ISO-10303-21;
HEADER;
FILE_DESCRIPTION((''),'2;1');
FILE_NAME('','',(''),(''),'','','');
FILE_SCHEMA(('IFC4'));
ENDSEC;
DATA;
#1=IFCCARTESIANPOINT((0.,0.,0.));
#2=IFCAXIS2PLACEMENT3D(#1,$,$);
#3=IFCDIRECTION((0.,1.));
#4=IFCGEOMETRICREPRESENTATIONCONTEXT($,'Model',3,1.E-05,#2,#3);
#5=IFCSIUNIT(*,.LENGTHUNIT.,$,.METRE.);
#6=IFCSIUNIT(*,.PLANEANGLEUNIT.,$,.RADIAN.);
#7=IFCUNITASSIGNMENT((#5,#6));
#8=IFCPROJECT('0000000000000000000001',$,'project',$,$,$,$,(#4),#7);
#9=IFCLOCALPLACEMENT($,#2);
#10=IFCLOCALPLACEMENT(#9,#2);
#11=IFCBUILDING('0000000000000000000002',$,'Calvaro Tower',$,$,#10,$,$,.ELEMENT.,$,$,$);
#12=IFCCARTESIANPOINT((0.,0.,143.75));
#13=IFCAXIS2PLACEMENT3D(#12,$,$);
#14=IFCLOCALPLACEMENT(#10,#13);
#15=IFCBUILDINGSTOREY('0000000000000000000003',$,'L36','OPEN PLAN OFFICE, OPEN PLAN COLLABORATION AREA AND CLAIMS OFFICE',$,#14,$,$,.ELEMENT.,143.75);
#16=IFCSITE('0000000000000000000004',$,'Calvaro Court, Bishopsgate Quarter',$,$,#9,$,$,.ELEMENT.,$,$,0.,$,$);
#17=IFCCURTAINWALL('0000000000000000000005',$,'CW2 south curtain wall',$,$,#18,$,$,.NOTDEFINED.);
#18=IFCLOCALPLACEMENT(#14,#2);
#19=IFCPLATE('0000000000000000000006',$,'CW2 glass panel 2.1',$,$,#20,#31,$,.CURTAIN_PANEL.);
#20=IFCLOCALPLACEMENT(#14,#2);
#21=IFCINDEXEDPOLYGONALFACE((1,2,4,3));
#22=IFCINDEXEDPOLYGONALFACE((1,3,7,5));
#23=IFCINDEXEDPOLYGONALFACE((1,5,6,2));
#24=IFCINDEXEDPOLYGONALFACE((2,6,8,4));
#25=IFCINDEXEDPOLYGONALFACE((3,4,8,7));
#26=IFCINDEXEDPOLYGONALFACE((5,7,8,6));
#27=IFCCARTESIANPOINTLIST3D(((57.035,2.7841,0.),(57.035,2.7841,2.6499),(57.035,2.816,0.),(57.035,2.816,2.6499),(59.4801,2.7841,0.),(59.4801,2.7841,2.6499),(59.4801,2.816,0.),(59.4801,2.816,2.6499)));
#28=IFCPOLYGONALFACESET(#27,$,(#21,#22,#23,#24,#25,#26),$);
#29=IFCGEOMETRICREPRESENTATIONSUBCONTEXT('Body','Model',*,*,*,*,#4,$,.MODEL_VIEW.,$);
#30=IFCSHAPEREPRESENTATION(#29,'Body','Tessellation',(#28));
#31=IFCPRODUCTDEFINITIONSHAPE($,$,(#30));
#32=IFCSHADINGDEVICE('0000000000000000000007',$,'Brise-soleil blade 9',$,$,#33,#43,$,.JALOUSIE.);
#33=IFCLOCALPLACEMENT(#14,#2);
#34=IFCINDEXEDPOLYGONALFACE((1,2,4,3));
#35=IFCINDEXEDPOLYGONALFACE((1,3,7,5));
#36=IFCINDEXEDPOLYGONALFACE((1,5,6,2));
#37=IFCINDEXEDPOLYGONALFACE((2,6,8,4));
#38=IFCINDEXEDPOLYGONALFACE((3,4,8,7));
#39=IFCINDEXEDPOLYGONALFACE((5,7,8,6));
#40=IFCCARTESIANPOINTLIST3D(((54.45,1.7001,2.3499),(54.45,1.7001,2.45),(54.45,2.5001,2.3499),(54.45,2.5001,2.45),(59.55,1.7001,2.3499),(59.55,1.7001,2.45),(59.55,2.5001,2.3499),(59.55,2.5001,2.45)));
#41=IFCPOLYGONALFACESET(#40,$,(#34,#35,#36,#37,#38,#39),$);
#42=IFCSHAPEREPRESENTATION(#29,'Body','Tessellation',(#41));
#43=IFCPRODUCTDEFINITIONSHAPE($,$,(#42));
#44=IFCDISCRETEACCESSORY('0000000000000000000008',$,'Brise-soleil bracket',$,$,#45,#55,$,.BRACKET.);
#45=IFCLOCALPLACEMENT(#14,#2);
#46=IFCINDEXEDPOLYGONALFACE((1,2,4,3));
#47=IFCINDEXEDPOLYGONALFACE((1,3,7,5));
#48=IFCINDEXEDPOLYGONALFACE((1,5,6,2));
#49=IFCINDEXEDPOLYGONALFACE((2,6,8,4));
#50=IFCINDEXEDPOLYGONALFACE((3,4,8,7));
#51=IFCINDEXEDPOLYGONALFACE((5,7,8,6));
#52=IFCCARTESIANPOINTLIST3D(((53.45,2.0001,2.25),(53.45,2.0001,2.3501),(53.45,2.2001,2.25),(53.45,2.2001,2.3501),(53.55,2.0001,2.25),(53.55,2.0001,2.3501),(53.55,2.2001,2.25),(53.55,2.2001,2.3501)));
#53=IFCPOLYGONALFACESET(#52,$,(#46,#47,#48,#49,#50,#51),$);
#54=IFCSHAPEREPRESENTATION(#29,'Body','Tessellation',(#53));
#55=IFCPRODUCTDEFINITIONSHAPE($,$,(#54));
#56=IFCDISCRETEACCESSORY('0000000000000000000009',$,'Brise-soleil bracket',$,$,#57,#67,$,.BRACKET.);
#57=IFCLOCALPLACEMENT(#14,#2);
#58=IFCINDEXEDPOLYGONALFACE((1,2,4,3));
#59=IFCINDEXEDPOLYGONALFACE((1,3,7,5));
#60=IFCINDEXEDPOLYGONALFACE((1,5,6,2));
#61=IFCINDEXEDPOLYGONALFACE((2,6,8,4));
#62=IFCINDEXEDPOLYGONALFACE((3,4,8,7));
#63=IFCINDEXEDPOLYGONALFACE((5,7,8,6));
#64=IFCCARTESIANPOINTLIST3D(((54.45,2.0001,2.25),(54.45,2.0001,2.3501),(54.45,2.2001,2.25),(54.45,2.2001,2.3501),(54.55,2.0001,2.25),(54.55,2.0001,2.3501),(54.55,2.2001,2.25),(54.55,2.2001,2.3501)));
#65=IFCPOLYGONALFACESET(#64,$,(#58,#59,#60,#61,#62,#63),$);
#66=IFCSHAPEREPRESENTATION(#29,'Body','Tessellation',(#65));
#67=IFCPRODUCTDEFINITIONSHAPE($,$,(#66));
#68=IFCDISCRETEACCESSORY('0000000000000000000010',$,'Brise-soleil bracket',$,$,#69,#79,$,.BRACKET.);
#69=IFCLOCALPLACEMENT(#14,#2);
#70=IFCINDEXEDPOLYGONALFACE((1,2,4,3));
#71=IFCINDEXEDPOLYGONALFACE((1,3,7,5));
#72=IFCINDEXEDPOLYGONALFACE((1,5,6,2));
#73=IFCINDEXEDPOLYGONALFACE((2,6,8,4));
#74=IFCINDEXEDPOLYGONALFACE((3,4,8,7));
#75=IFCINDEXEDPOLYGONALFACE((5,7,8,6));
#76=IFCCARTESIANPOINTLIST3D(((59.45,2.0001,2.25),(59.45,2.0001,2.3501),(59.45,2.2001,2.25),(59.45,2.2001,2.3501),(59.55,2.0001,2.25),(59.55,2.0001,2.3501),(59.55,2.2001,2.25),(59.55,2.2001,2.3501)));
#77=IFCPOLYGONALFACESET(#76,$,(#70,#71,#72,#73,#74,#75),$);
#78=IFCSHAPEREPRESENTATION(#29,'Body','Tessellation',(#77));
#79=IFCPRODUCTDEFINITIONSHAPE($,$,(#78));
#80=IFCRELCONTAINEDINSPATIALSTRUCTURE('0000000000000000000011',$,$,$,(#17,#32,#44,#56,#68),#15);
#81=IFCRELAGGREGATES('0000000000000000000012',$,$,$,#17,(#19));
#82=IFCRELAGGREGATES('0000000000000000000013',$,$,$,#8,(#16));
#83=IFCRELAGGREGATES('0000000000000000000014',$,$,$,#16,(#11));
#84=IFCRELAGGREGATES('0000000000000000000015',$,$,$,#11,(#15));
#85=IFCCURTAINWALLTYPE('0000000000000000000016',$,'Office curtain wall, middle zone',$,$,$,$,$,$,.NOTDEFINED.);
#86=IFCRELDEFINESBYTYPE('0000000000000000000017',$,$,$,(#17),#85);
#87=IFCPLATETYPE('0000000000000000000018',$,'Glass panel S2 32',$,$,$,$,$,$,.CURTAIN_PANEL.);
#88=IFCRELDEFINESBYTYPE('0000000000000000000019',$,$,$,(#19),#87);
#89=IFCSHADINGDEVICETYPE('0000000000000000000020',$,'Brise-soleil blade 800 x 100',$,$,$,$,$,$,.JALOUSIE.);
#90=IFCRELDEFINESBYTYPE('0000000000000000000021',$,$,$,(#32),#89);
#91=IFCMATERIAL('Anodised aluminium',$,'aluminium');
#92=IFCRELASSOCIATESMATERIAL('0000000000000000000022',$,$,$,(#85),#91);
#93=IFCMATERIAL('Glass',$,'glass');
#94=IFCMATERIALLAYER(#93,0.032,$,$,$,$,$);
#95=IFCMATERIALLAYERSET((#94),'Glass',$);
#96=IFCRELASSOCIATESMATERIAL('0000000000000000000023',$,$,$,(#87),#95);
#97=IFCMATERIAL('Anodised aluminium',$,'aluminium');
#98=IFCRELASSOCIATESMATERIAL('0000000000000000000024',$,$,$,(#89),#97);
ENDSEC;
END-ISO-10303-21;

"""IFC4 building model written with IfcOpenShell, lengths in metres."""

from ifc_helpers import new_model, si_unit, direction, frame, origin, origin_2d, place, context, subcontext, project, spatial, rectangle, extrude, material, layer, layer_set, material_profile, profile_set, type_object, element, aggregate, save


model = new_model("IFC4")

# Units and contexts
model_context = context("Model", 3, precision=1e-05, world=origin(), true_north=direction((0.0, 1.0)))
body_context = subcontext(model_context, "Body", "Model", "MODEL_VIEW")
ifc_project = project(units=[si_unit("LENGTHUNIT", "METRE"), si_unit("PLANEANGLEUNIT", "RADIAN")], contexts=[model_context])

# Site, building, storey
site_placement = place(None, origin())
site = spatial("IfcSite", under=ifc_project, at=site_placement, Name="Calvaro Court, Bishopsgate Quarter", CompositionType="ELEMENT", RefElevation=0.0)
building_placement = place(site_placement, origin())
building = spatial("IfcBuilding", under=site, at=building_placement, Name="Calvaro Tower", CompositionType="ELEMENT")
storey_placement = place(building_placement, frame((0.0, 0.0, 143.75)))
storey = spatial("IfcBuildingStorey", under=building, at=storey_placement, Name="L36", Description="OPEN PLAN OFFICE, OPEN PLAN COLLABORATION AREA AND CLAIMS OFFICE", CompositionType="ELEMENT", Elevation=143.75)

# Curtain wall
ifc_material_1 = material(Name="Anodised aluminium", Category="aluminium")
curtain_wall_type = type_object("IfcCurtainWallType", Name="Office curtain wall, middle zone", PredefinedType="NOTDEFINED", material=ifc_material_1)
curtain_wall_1_placement = place(storey_placement, origin())
curtain_wall_1 = element("IfcCurtainWall", 1, at=curtain_wall_1_placement, inside=storey, type_object=curtain_wall_type, Name="CW2 south curtain wall", PredefinedType="NOTDEFINED")

# Plate
ifc_material_2 = material(Name="Glass", Category="glass")
ifc_layer = layer(ifc_material_2, 0.032)
ifc_layer_set = layer_set([ifc_layer], Name="Glass")
plate_type = type_object("IfcPlateType", Name="Glass panel S2 32", PredefinedType="CURTAIN_PANEL", material=ifc_layer_set)
plate_1_placement = place(storey_placement, frame((58.2576, 2.8, 0.0), z_axis=(0.0, 0.0, 1.0), x_axis=(1.0, 0.0, 0.0)))
plate_1 = element("IfcPlate", 2, at=plate_1_placement, type_object=plate_type, Name="CW2 glass panel 2.1", PredefinedType="CURTAIN_PANEL", context=body_context, shape_type="SweptSolid", body=[
    extrude(rectangle(XDim=2.4451, YDim=0.032, at=origin_2d()), origin(), (0.0, 0.0, 1.0), 2.6499),
])
aggregate(curtain_wall_1, [plate_1])

# Shading device
ifc_material_3 = material(Name="Anodised aluminium", Category="aluminium")
ifc_material_profile_1 = material_profile(ifc_material_3, rectangle(XDim=0.8, YDim=0.1001, at=origin_2d()), Name="Brise-soleil blade 800 x 100")
ifc_profile_set_1 = profile_set([ifc_material_profile_1], Name="Anodised aluminium")
shading_device_type = type_object("IfcShadingDeviceType", Name="Brise-soleil blade 800 x 100", PredefinedType="JALOUSIE", material=ifc_profile_set_1)
shading_device_placement = place(storey_placement, frame((54.45, 2.1001, 2.3999), z_axis=(1.0, 0.0, 0.0), x_axis=(0.0, 1.0, 0.0)))
element("IfcShadingDevice", 3, at=shading_device_placement, inside=storey, type_object=shading_device_type, Name="Brise-soleil blade 9", PredefinedType="JALOUSIE", context=body_context, shape_type="SweptSolid", body=[
    extrude(rectangle(XDim=0.8, YDim=0.1001, at=origin_2d()), origin(), (0.0, 0.0, 1.0), 5.1001),
])

# Discrete accessories
for number, where, z_axis, x_axis, name in (
    (4, (53.5, 2.1001, 2.25), (0.0, 0.0, 1.0), (1.0, 0.0, 0.0), "Brise-soleil bracket"),
    (5, (54.5, 2.1001, 2.25), (0.0, 0.0, 1.0), (1.0, 0.0, 0.0), "Brise-soleil bracket"),
    (6, (59.5, 2.1001, 2.25), (0.0, 0.0, 1.0), (1.0, 0.0, 0.0), "Brise-soleil bracket"),
):
    element("IfcDiscreteAccessory", number, at=place(storey_placement, frame(where, z_axis=z_axis, x_axis=x_axis)), inside=storey, Name=name, PredefinedType="BRACKET", context=body_context, shape_type="SweptSolid", body=[
        extrude(rectangle(XDim=0.1001, YDim=0.2, at=origin_2d()), origin(), (0.0, 0.0, 1.0), 0.1001),
    ])

save(model, "model.ifc")
